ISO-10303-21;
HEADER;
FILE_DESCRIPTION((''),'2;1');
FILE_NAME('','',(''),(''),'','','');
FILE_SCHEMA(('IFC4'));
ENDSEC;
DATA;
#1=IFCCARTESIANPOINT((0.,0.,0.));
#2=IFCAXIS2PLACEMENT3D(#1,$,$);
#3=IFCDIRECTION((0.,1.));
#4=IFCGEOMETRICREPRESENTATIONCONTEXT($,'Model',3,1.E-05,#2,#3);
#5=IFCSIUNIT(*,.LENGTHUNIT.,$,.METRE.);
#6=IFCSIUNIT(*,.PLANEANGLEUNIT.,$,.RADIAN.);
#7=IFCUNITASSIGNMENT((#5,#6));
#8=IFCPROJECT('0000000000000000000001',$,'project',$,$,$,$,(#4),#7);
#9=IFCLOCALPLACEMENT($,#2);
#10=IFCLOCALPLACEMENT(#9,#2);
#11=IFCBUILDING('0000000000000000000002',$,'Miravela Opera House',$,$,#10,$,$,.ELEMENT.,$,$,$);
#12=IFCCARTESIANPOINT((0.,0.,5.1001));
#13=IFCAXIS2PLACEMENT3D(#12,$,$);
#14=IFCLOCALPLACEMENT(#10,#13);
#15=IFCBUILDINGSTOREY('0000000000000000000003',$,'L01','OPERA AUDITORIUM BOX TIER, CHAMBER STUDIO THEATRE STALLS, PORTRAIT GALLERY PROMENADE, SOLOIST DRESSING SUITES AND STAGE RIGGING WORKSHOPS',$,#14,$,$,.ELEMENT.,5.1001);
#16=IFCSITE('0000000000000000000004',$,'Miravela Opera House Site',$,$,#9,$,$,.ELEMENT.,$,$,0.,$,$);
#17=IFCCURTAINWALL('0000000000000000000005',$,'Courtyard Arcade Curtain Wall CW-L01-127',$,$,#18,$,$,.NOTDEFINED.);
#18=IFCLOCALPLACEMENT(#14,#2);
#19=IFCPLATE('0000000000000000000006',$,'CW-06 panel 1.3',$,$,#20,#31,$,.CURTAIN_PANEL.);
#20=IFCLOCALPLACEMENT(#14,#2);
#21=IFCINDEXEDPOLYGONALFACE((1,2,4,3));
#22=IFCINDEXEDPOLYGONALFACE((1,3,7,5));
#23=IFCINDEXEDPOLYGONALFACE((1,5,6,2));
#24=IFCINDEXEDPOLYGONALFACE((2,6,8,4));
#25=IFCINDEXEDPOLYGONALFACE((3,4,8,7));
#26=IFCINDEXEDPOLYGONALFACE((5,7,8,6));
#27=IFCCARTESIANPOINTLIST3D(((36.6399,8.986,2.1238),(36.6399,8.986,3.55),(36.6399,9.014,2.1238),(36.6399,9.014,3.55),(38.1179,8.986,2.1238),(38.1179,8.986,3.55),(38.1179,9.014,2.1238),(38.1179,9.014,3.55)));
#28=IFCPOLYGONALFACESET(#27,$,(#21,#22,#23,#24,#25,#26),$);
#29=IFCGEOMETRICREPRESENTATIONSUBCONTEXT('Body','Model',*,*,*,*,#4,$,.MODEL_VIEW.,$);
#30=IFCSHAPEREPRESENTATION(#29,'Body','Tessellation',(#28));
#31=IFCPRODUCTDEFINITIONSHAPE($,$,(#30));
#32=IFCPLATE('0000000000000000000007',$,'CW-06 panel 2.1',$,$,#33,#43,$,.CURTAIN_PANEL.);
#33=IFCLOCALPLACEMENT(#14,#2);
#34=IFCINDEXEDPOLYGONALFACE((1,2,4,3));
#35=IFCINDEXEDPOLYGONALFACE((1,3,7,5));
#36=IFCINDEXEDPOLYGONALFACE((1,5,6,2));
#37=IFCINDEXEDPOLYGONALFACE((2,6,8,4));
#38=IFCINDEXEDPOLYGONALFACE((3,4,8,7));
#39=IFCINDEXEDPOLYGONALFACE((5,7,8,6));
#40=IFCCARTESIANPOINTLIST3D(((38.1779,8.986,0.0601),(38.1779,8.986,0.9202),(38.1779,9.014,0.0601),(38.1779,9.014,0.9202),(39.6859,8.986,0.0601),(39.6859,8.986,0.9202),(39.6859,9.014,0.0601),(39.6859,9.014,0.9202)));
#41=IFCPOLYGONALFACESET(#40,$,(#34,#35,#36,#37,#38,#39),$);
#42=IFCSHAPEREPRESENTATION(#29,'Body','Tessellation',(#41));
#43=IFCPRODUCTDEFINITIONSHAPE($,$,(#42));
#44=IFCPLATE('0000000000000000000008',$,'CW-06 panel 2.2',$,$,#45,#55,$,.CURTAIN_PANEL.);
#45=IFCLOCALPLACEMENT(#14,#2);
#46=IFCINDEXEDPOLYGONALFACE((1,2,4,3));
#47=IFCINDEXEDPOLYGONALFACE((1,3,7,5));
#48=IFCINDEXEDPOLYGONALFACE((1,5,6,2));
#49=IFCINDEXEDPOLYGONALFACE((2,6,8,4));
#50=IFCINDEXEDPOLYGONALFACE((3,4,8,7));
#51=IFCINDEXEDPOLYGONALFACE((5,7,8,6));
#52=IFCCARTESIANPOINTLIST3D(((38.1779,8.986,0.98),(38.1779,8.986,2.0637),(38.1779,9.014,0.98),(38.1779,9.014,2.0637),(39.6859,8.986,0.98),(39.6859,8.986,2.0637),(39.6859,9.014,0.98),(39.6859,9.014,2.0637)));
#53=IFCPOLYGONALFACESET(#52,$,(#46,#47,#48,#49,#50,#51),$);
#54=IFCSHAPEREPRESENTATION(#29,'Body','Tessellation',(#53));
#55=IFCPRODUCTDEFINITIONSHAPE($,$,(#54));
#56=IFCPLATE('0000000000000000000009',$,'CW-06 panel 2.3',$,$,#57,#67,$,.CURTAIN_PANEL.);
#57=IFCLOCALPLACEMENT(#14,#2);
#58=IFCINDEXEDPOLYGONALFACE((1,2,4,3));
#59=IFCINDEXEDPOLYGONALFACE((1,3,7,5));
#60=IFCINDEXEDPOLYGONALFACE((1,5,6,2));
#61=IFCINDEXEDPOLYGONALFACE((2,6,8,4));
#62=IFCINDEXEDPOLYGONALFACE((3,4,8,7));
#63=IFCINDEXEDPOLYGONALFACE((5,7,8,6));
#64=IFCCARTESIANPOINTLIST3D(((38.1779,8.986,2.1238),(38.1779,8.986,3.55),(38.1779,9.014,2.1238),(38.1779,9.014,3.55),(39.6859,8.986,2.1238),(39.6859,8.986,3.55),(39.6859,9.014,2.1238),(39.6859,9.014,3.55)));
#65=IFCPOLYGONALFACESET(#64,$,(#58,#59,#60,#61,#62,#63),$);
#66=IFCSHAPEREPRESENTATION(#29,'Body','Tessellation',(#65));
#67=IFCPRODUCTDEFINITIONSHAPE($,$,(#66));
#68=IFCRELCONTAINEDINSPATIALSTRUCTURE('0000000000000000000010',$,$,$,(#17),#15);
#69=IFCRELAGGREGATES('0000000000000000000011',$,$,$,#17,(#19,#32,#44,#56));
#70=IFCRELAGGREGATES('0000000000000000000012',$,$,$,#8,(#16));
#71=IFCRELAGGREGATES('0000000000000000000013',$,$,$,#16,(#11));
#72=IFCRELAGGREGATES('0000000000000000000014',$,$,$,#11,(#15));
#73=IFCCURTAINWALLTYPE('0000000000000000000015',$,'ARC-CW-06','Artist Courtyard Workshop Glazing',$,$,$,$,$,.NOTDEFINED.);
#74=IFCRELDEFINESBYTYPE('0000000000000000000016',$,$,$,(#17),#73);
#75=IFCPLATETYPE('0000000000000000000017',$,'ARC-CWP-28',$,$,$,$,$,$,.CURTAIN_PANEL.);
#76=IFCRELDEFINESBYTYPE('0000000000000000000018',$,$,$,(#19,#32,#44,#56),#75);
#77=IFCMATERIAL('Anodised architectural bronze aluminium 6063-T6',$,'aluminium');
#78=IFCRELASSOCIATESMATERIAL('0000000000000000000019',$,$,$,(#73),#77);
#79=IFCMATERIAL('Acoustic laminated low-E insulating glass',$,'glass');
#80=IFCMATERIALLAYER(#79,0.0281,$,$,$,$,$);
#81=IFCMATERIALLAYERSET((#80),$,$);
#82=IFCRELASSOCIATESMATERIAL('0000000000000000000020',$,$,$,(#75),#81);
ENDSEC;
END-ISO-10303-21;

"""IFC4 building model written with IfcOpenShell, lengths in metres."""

from ifc_helpers import new_model, si_unit, direction, frame, origin, origin_2d, place, context, subcontext, project, spatial, rectangle, extrude, material, layer, layer_set, type_object, element, aggregate, save


model = new_model("IFC4")

# Units and contexts
model_context = context("Model", 3, precision=1e-05, world=origin(), true_north=direction((0.0, 1.0)))
body_context = subcontext(model_context, "Body", "Model", "MODEL_VIEW")
ifc_project = project(units=[si_unit("LENGTHUNIT", "METRE"), si_unit("PLANEANGLEUNIT", "RADIAN")], contexts=[model_context])

# Site, building, storey
site_placement = place(None, origin())
site = spatial("IfcSite", under=ifc_project, at=site_placement, Name="Miravela Opera House Site", CompositionType="ELEMENT", RefElevation=0.0)
building_placement = place(site_placement, origin())
building = spatial("IfcBuilding", under=site, at=building_placement, Name="Miravela Opera House", CompositionType="ELEMENT")
storey_placement = place(building_placement, frame((0.0, 0.0, 5.1001)))
storey = spatial("IfcBuildingStorey", under=building, at=storey_placement, Name="L01", Description="OPERA AUDITORIUM BOX TIER, CHAMBER STUDIO THEATRE STALLS, PORTRAIT GALLERY PROMENADE, SOLOIST DRESSING SUITES AND STAGE RIGGING WORKSHOPS", CompositionType="ELEMENT", Elevation=5.1001)

# Shared definitions
ifc_material_1 = material(Name="Anodised architectural bronze aluminium 6063-T6", Category="aluminium")
curtain_wall_type = type_object("IfcCurtainWallType", Name="ARC-CW-06", Description="Artist Courtyard Workshop Glazing", PredefinedType="NOTDEFINED", material=ifc_material_1)

# Curtain wall
curtain_wall_1_placement = place(storey_placement, origin())
curtain_wall_1 = element("IfcCurtainWall", 1, at=curtain_wall_1_placement, inside=storey, type_object=curtain_wall_type, Name="Courtyard Arcade Curtain Wall CW-L01-127", PredefinedType="NOTDEFINED")

# Plates
ifc_material_2 = material(Name="Acoustic laminated low-E insulating glass", Category="glass")
ifc_layer = layer(ifc_material_2, 0.0281)
ifc_layer_set = layer_set([ifc_layer])
plate_type = type_object("IfcPlateType", Name="ARC-CWP-28", PredefinedType="CURTAIN_PANEL", material=ifc_layer_set)
plate_1_placement = place(storey_placement, frame((37.3789, 9.0, 2.1238), z_axis=(0.0, 0.0, 1.0), x_axis=(1.0, 0.0, 0.0)))
plate_1 = element("IfcPlate", 2, at=plate_1_placement, type_object=plate_type, Name="CW-06 panel 1.3", PredefinedType="CURTAIN_PANEL", context=body_context, shape_type="SweptSolid", body=[
    extrude(rectangle(XDim=1.478, YDim=0.0281, at=origin_2d()), origin(), (0.0, 0.0, 1.0), 1.4263),
])
plate_2_placement = place(storey_placement, frame((38.9319, 9.0, 0.0601), z_axis=(0.0, 0.0, 1.0), x_axis=(1.0, 0.0, 0.0)))
plate_2 = element("IfcPlate", 3, at=plate_2_placement, type_object=plate_type, Name="CW-06 panel 2.1", PredefinedType="CURTAIN_PANEL", context=body_context, shape_type="SweptSolid", body=[
    extrude(rectangle(XDim=1.5081, YDim=0.0281, at=origin_2d()), origin(), (0.0, 0.0, 1.0), 0.8601),
])
plate_3_placement = place(storey_placement, frame((38.9319, 9.0, 0.98), z_axis=(0.0, 0.0, 1.0), x_axis=(1.0, 0.0, 0.0)))
plate_3 = element("IfcPlate", 4, at=plate_3_placement, type_object=plate_type, Name="CW-06 panel 2.2", PredefinedType="CURTAIN_PANEL", context=body_context, shape_type="SweptSolid", body=[
    extrude(rectangle(XDim=1.5081, YDim=0.0281, at=origin_2d()), origin(), (0.0, 0.0, 1.0), 1.0837),
])
plate_4_placement = place(storey_placement, frame((38.9319, 9.0, 2.1238), z_axis=(0.0, 0.0, 1.0), x_axis=(1.0, 0.0, 0.0)))
plate_4 = element("IfcPlate", 5, at=plate_4_placement, type_object=plate_type, Name="CW-06 panel 2.3", PredefinedType="CURTAIN_PANEL", context=body_context, shape_type="SweptSolid", body=[
    extrude(rectangle(XDim=1.5081, YDim=0.0281, at=origin_2d()), origin(), (0.0, 0.0, 1.0), 1.4263),
])
aggregate(curtain_wall_1, [plate_1, plate_2, plate_3, plate_4])

save(model, "model.ifc")
